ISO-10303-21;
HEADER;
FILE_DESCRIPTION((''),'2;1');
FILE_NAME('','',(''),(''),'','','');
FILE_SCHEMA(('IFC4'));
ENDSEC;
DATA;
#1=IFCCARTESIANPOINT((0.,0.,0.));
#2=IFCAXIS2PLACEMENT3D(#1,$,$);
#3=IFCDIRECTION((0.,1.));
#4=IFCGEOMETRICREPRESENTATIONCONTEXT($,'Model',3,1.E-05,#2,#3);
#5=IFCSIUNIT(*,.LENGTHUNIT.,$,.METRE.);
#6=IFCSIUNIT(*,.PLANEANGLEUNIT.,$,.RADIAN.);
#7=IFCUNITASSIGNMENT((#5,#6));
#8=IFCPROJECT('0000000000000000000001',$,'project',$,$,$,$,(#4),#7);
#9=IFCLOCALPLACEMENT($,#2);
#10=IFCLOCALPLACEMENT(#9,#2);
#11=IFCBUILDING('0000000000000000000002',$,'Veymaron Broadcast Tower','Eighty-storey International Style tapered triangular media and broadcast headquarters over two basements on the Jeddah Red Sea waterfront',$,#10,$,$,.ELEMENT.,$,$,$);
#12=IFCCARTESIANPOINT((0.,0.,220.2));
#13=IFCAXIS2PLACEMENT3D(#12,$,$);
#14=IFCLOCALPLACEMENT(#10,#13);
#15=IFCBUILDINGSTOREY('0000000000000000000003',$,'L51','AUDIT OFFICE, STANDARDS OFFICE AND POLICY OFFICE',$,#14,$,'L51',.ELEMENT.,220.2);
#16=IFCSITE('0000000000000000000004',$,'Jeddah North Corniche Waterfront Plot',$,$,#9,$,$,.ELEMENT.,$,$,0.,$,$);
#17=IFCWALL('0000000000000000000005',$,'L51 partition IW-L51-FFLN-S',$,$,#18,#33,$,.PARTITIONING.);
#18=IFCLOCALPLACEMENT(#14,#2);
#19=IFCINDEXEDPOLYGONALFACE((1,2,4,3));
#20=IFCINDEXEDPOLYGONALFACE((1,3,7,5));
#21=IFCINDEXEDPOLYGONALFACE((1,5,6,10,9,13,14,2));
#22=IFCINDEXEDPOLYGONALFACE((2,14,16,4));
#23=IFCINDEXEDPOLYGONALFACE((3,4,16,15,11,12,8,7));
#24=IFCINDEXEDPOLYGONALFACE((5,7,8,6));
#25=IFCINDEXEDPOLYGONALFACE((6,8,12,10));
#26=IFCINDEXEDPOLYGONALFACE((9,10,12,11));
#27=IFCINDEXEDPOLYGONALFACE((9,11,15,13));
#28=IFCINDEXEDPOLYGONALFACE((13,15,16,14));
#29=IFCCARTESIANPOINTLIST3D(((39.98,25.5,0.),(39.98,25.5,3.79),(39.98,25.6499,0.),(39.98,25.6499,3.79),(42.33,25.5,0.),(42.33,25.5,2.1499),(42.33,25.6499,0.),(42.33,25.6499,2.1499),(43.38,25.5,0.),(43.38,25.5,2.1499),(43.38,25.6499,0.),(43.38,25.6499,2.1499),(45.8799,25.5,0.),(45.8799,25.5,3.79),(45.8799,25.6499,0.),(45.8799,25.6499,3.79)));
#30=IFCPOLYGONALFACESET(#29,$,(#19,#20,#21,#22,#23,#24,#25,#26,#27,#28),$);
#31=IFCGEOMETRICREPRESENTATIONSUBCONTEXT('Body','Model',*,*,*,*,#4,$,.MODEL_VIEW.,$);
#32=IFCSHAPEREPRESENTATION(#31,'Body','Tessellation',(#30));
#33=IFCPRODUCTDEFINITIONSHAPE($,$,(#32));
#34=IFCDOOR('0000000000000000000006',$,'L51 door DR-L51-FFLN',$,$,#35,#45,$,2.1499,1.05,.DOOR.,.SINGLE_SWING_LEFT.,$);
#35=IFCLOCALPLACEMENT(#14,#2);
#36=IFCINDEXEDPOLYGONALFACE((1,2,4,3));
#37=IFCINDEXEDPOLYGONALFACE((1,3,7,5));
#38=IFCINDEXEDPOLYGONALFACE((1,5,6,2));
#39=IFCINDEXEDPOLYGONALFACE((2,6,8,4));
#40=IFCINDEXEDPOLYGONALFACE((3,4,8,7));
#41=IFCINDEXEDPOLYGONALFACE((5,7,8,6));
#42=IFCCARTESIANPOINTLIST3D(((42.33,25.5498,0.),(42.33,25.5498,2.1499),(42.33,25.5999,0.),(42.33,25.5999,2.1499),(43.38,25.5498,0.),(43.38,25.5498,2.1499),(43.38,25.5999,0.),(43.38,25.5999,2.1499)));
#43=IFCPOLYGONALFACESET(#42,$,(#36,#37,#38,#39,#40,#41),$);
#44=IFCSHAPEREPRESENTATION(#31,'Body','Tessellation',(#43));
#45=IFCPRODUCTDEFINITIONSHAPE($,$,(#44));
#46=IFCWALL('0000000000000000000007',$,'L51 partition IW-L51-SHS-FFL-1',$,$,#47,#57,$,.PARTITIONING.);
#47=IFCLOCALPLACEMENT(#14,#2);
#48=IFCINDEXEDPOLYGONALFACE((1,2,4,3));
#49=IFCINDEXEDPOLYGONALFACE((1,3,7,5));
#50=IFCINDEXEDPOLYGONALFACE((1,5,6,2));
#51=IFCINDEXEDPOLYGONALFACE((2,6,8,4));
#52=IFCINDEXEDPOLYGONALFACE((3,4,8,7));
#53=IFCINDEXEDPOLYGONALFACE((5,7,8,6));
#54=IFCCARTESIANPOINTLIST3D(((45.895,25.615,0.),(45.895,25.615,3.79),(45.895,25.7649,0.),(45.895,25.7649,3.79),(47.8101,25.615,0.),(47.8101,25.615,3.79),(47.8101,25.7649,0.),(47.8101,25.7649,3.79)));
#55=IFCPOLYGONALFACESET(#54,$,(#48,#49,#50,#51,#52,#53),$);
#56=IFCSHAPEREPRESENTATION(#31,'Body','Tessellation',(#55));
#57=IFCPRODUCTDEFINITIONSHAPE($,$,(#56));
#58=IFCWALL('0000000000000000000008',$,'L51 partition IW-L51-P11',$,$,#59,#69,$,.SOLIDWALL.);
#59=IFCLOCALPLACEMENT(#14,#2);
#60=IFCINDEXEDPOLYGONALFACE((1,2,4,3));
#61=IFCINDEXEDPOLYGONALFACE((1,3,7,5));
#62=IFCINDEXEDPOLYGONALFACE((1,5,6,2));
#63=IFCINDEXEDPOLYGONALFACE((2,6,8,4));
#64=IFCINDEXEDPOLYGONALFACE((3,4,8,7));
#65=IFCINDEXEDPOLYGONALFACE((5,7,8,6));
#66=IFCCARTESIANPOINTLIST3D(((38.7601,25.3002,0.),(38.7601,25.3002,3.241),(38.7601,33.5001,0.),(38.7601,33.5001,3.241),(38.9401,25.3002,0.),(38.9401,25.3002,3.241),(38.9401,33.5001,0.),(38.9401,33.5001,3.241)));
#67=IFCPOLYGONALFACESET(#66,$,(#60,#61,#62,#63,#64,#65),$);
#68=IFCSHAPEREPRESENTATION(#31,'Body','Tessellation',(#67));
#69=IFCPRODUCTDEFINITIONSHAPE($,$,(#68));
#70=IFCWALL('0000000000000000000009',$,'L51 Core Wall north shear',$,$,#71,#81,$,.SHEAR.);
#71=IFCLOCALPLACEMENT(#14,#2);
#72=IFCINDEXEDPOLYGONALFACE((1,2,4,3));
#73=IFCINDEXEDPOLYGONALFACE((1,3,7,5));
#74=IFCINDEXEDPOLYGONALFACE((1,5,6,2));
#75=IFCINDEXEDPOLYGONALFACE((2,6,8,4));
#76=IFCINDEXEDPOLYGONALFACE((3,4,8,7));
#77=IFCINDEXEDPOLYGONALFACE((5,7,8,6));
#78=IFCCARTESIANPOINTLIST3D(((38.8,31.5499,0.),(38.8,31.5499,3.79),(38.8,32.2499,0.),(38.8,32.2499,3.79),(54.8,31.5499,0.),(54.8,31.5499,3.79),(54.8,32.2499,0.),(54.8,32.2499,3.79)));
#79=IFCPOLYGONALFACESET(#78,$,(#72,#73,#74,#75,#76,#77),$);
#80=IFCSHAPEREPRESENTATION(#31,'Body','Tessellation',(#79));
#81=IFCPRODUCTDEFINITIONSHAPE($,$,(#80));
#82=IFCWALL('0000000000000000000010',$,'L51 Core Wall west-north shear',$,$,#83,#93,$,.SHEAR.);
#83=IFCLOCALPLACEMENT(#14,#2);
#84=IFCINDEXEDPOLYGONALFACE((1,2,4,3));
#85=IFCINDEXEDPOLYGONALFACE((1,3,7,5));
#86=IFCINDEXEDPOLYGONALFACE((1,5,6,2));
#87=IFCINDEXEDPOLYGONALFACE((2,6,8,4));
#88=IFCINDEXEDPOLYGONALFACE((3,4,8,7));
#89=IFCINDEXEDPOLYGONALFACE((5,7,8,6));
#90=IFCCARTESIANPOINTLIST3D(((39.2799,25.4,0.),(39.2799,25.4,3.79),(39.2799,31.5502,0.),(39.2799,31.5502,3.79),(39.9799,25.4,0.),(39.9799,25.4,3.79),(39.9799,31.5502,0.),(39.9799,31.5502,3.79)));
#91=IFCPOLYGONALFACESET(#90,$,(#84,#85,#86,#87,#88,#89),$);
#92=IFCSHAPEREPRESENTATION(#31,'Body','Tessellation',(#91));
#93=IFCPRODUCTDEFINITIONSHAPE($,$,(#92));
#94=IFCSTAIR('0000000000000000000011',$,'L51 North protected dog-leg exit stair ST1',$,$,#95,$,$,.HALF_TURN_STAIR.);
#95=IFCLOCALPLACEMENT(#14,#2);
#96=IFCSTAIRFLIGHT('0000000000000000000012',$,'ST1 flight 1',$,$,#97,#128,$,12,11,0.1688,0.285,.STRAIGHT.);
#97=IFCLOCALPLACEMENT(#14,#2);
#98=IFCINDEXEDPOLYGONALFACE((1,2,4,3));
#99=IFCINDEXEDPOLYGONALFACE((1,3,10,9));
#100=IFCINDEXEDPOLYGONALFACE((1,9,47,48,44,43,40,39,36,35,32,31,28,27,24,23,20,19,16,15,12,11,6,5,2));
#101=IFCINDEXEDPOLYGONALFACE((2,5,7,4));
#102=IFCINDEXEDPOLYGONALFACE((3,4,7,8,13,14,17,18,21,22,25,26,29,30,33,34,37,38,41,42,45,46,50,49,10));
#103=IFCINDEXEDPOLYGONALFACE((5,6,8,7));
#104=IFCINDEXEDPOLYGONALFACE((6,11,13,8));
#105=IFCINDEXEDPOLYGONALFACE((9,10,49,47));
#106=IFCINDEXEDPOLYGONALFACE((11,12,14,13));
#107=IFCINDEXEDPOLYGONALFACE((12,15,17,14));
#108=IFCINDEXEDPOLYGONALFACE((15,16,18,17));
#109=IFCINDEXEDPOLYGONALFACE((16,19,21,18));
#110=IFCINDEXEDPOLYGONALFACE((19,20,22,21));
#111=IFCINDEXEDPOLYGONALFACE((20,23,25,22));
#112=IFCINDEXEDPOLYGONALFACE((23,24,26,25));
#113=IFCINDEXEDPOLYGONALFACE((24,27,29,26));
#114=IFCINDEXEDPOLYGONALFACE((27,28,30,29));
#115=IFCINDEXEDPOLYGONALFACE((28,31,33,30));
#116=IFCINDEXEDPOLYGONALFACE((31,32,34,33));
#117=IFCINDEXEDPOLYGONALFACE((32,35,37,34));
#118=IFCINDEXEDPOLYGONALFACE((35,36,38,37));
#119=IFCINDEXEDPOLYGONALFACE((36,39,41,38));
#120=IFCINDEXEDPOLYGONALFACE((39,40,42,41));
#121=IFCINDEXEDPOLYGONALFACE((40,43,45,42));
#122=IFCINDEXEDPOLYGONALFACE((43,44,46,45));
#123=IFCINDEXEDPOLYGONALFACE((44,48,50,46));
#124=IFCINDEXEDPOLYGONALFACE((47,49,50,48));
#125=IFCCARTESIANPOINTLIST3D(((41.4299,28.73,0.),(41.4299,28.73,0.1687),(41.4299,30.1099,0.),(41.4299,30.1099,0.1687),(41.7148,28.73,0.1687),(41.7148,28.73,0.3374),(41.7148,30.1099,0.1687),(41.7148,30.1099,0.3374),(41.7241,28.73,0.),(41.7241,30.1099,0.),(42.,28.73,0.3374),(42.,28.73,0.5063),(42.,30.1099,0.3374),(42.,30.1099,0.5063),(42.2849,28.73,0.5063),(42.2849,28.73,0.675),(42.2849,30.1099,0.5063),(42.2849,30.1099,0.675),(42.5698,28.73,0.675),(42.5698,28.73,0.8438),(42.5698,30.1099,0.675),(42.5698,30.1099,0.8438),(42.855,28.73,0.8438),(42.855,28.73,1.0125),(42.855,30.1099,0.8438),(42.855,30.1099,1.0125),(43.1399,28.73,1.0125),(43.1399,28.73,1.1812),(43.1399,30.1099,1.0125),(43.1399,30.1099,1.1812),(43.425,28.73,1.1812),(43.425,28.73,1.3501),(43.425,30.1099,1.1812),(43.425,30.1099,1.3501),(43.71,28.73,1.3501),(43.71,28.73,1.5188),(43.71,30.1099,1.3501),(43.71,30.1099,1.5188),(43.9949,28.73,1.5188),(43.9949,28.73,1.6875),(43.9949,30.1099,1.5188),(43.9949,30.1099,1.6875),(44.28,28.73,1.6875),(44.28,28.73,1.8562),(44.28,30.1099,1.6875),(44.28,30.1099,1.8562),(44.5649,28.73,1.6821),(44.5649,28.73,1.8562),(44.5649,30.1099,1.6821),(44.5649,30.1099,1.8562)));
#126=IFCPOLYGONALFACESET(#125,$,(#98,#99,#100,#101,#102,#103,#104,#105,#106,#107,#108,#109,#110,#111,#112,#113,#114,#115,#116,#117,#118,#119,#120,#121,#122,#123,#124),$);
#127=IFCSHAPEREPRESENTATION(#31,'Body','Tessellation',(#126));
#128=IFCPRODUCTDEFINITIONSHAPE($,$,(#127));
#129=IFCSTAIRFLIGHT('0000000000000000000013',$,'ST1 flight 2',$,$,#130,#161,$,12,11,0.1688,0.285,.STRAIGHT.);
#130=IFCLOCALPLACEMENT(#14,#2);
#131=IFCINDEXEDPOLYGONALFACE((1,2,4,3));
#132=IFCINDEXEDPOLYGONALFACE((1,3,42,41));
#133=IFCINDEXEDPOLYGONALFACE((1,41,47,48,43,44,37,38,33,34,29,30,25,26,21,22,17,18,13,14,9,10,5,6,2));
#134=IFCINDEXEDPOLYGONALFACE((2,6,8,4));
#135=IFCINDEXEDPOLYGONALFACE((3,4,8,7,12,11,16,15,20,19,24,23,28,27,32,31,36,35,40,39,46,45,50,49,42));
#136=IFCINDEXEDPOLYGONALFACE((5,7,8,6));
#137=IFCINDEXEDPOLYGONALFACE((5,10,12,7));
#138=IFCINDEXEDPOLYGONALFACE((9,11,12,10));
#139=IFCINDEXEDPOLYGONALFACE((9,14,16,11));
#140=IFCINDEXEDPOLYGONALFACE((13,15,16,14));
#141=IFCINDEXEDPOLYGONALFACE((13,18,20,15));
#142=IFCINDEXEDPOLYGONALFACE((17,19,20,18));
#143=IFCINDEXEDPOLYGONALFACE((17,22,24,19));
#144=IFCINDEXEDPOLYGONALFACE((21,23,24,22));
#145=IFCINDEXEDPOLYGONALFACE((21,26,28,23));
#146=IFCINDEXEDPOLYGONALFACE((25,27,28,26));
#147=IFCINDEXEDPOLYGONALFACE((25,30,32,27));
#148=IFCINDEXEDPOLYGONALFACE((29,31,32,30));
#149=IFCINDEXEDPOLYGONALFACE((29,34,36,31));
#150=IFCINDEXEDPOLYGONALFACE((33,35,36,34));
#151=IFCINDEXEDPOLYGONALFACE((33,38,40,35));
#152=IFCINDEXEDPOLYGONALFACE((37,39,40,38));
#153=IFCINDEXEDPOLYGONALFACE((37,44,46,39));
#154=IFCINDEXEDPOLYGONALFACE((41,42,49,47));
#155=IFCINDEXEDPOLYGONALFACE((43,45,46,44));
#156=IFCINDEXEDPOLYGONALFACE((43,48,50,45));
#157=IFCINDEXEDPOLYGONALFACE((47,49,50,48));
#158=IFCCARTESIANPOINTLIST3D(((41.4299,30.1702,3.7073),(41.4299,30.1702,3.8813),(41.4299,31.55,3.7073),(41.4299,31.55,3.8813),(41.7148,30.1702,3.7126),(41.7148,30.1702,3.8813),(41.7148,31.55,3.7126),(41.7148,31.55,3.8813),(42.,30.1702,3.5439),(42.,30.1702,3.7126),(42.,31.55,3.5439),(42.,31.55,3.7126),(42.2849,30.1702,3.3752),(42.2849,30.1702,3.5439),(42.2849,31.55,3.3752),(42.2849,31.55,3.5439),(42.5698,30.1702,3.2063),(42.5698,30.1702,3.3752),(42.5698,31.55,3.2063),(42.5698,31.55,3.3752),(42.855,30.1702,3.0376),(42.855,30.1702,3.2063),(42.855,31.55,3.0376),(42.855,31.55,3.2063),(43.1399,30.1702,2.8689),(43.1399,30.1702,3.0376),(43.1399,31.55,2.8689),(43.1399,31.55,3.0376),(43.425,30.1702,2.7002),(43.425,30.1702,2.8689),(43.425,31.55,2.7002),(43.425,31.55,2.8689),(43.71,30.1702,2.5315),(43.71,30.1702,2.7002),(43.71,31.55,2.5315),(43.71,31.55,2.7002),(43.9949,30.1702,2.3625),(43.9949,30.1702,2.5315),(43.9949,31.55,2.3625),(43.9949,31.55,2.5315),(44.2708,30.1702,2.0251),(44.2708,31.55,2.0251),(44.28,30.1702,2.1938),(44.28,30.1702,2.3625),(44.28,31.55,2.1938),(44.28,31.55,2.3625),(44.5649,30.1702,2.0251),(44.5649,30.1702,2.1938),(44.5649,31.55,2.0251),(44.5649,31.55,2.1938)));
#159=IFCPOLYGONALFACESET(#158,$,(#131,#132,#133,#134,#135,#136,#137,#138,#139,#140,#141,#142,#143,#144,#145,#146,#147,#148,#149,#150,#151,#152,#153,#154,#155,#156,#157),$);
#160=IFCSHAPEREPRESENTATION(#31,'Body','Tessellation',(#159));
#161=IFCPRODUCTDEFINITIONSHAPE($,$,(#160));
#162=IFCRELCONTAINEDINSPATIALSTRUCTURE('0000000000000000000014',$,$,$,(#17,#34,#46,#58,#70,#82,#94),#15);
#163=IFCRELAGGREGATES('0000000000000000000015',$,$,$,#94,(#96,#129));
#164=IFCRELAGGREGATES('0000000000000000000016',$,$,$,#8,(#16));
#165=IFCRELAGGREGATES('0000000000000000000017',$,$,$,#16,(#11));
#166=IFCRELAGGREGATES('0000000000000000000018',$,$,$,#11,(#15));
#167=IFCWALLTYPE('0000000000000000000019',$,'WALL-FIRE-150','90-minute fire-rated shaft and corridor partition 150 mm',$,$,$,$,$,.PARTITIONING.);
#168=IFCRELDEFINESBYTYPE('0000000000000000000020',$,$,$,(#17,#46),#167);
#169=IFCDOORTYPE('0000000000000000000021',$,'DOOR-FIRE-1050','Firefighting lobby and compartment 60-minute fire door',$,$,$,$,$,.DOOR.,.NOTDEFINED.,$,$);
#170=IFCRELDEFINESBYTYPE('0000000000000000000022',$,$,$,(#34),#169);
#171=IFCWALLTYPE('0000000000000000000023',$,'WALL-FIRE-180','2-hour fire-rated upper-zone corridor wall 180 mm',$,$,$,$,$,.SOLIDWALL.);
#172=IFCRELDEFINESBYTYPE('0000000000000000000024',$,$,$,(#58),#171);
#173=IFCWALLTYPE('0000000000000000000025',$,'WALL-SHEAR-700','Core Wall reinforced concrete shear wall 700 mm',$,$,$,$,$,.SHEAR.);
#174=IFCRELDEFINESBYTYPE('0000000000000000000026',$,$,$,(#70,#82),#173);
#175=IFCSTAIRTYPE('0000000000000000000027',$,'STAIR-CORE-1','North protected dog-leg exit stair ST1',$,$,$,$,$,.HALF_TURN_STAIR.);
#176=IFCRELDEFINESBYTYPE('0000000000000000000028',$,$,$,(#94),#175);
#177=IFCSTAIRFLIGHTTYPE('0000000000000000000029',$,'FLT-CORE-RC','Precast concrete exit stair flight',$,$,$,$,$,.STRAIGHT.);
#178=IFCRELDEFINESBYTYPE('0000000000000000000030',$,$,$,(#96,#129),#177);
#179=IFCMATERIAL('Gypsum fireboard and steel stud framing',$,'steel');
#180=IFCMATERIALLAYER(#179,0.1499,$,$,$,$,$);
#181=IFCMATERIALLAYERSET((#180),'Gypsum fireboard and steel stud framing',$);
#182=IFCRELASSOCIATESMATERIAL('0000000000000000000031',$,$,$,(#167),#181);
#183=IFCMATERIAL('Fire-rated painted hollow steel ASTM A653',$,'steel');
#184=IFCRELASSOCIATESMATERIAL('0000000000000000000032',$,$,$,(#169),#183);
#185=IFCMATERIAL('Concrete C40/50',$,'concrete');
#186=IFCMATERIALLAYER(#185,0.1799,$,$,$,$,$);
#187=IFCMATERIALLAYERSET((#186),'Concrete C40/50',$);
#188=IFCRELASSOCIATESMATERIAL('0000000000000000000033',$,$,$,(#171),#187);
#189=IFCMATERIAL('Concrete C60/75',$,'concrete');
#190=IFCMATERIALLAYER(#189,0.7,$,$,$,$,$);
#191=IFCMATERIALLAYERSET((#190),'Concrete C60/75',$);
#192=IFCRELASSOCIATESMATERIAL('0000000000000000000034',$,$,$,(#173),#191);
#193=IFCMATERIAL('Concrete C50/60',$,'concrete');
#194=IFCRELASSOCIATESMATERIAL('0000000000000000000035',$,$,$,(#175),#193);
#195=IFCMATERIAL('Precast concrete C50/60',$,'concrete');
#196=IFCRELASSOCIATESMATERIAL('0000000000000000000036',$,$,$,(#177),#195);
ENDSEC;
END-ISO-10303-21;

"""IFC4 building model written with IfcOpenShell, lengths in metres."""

from ifc_helpers import new_model, si_unit, direction, frame, frame_2d, origin, place, context, subcontext, project, spatial, polyline, rectangle, outline, extrude, material, layer, layer_set, type_object, element, fill, aggregate, save


model = new_model("IFC4")

# Units and contexts
model_context = context("Model", 3, precision=1e-05, world=origin(), true_north=direction((0.0, 1.0)))
body_context = subcontext(model_context, "Body", "Model", "MODEL_VIEW")
ifc_project = project(units=[si_unit("LENGTHUNIT", "METRE"), si_unit("PLANEANGLEUNIT", "RADIAN")], contexts=[model_context])

# Site, building, storey
site_placement = place(None, origin())
site = spatial("IfcSite", under=ifc_project, at=site_placement, Name="Jeddah North Corniche Waterfront Plot", CompositionType="ELEMENT", RefElevation=0.0)
building_placement = place(site_placement, origin())
building = spatial("IfcBuilding", under=site, at=building_placement, Name="Veymaron Broadcast Tower", Description="Eighty-storey International Style tapered triangular media and broadcast headquarters over two basements on the Jeddah Red Sea waterfront", CompositionType="ELEMENT")
storey_placement = place(building_placement, frame((0.0, 0.0, 220.2)))
storey = spatial("IfcBuildingStorey", under=building, at=storey_placement, Name="L51", Description="AUDIT OFFICE, STANDARDS OFFICE AND POLICY OFFICE", LongName="L51", CompositionType="ELEMENT", Elevation=220.2)

# Shared definitions
ifc_material_1 = material(Name="Concrete C60/75", Category="concrete")

# Wall, opening, door
ifc_material_2 = material(Name="Gypsum fireboard and steel stud framing", Category="steel")
ifc_layer_1 = layer(ifc_material_2, 0.1499)
ifc_layer_set_1 = layer_set([ifc_layer_1], Name="Gypsum fireboard and steel stud framing")
wall_type_1 = type_object("IfcWallType", Name="WALL-FIRE-150", Description="90-minute fire-rated shaft and corridor partition 150 mm", PredefinedType="PARTITIONING", material=ifc_layer_set_1)
wall_1_placement = place(storey_placement, frame((39.98, 25.575, 0.0), z_axis=(0.0, 0.0, 1.0), x_axis=(1.0, 0.0, 0.0)))
wall_1 = element("IfcWall", 1, at=wall_1_placement, inside=storey, type_object=wall_type_1, Name="L51 partition IW-L51-FFLN-S", PredefinedType="PARTITIONING", context=body_context, shape_type="SweptSolid", body=[
    extrude(rectangle(XDim=5.8999, YDim=0.1499, at=frame_2d((2.95, 0.0))), origin(), (0.0, 0.0, 1.0), 3.79),
])
opening_1_placement = place(wall_1_placement, frame((2.3501, 0.0, 0.0)))
opening_1 = element("IfcOpeningElement", 2, at=opening_1_placement, cuts=wall_1, PredefinedType="OPENING", context=body_context, shape_type="SweptSolid", body=[
    extrude(rectangle(XDim=1.05, YDim=2.1499, at=frame_2d((0.5249, 1.075))), frame((0.0, 0.085, 0.0), z_axis=(0.0, -1.0, 0.0), x_axis=(1.0, 0.0, 0.0)), (0.0, 0.0, 1.0), 0.1699),
])
ifc_material_3 = material(Name="Fire-rated painted hollow steel ASTM A653", Category="steel")
door_type_1 = type_object("IfcDoorType", Name="DOOR-FIRE-1050", Description="Firefighting lobby and compartment 60-minute fire door", OperationType="NOTDEFINED", PredefinedType="DOOR", material=ifc_material_3)
door_1_placement = place(opening_1_placement, origin())
door_1 = element("IfcDoor", 3, at=door_1_placement, inside=storey, type_object=door_type_1, Name="L51 door DR-L51-FFLN", OperationType="SINGLE_SWING_LEFT", OverallHeight=2.1499, OverallWidth=1.05, PredefinedType="DOOR", context=body_context, shape_type="SweptSolid", body=[
    extrude(rectangle(XDim=1.05, YDim=2.1499, at=frame_2d((0.5249, 1.075))), frame((0.0, 0.0249, 0.0), z_axis=(0.0, -1.0, 0.0), x_axis=(1.0, 0.0, 0.0)), (0.0, 0.0, 1.0), 0.05),
])
fill(opening_1, door_1)

# Walls
wall_2_placement = place(storey_placement, frame((45.895, 25.6899, 0.0), z_axis=(0.0, 0.0, 1.0), x_axis=(1.0, 0.0, 0.0)))
element("IfcWall", 4, at=wall_2_placement, inside=storey, type_object=wall_type_1, Name="L51 partition IW-L51-SHS-FFL-1", PredefinedType="PARTITIONING", context=body_context, shape_type="SweptSolid", body=[
    extrude(rectangle(XDim=1.915, YDim=0.1499, at=frame_2d((0.9575, 0.0))), origin(), (0.0, 0.0, 1.0), 3.79),
])
ifc_material_4 = material(Name="Concrete C40/50", Category="concrete")
ifc_layer_2 = layer(ifc_material_4, 0.1799)
ifc_layer_set_2 = layer_set([ifc_layer_2], Name="Concrete C40/50")
wall_type_2 = type_object("IfcWallType", Name="WALL-FIRE-180", Description="2-hour fire-rated upper-zone corridor wall 180 mm", PredefinedType="SOLIDWALL", material=ifc_layer_set_2)
wall_3_placement = place(storey_placement, frame((38.8501, 25.3, 0.0), z_axis=(0.0, 0.0, 1.0), x_axis=(0.0, 1.0, 0.0)))
element("IfcWall", 5, at=wall_3_placement, inside=storey, type_object=wall_type_2, Name="L51 partition IW-L51-P11", PredefinedType="SOLIDWALL", context=body_context, shape_type="SweptSolid", body=[
    extrude(rectangle(XDim=8.2, YDim=0.1799, at=frame_2d((4.1001, 0.0))), origin(), (0.0, 0.0, 1.0), 3.241),
])

# Shared definitions
ifc_material_5 = material(Name="Concrete C50/60", Category="concrete")

# Walls
ifc_layer_3 = layer(ifc_material_1, 0.7)
ifc_layer_set_3 = layer_set([ifc_layer_3], Name="Concrete C60/75")
wall_type_3 = type_object("IfcWallType", Name="WALL-SHEAR-700", Description="Core Wall reinforced concrete shear wall 700 mm", PredefinedType="SHEAR", material=ifc_layer_set_3)
wall_4_placement = place(storey_placement, frame((38.8, 31.8999, 0.0), z_axis=(0.0, 0.0, 1.0), x_axis=(1.0, 0.0, 0.0)))
element("IfcWall", 6, at=wall_4_placement, inside=storey, type_object=wall_type_3, Name="L51 Core Wall north shear", PredefinedType="SHEAR", context=body_context, shape_type="SweptSolid", body=[
    extrude(rectangle(XDim=16.0, YDim=0.7, at=frame_2d((8.0, 0.0))), origin(), (0.0, 0.0, 1.0), 3.79),
])
wall_5_placement = place(storey_placement, frame((39.6299, 25.3999, 0.0), z_axis=(0.0, 0.0, 1.0), x_axis=(0.0, 1.0, 0.0)))
element("IfcWall", 7, at=wall_5_placement, inside=storey, type_object=wall_type_3, Name="L51 Core Wall west-north shear", PredefinedType="SHEAR", context=body_context, shape_type="SweptSolid", body=[
    extrude(rectangle(XDim=6.1501, YDim=0.7, at=frame_2d((3.0752, 0.0))), origin(), (0.0, 0.0, 1.0), 3.79),
])

# Stair, stair flights
stair_type = type_object("IfcStairType", Name="STAIR-CORE-1", Description="North protected dog-leg exit stair ST1", PredefinedType="HALF_TURN_STAIR", material=ifc_material_5)
stair_placement = place(storey_placement, origin())
stair = element("IfcStair", 8, at=stair_placement, inside=storey, type_object=stair_type, Name="L51 North protected dog-leg exit stair ST1", PredefinedType="HALF_TURN_STAIR")
ifc_material_6 = material(Name="Precast concrete C50/60", Category="concrete")
stair_flight_type = type_object("IfcStairFlightType", Name="FLT-CORE-RC", Description="Precast concrete exit stair flight", PredefinedType="STRAIGHT", material=ifc_material_6)
stair_flight_1_placement = place(storey_placement, frame((41.4299, 29.4199, 0.0), z_axis=(0.0, 0.0, 1.0), x_axis=(1.0, 0.0, 0.0)))
stair_flight_1 = element("IfcStairFlight", 9, at=stair_flight_1_placement, type_object=stair_flight_type, Name="ST1 flight 1", NumberOfRisers=12, NumberOfTreads=11, PredefinedType="STRAIGHT", RiserHeight=0.1688, TreadLength=0.285, context=body_context, shape_type="SweptSolid", body=[
    extrude(outline(polyline([(0.0, 0.0), (0.0, 0.1687), (0.2849, 0.1687), (0.2849, 0.3374), (0.5701, 0.3374), (0.5701, 0.5063), (0.855, 0.5063), (0.855, 0.675), (1.1399, 0.675), (1.1399, 0.8438), (1.425, 0.8438), (1.425, 1.0125), (1.71, 1.0125), (1.71, 1.1812), (1.9951, 1.1812), (1.9951, 1.3501), (2.28, 1.3501), (2.28, 1.5188), (2.5649, 1.5188), (2.5649, 1.6875), (2.8501, 1.6875), (2.8501, 1.8562), (3.135, 1.8562), (3.135, 2.0249), (3.135, 1.6821), (0.2942, 0.0), (0.0, 0.0)])), frame((0.0, 0.6899, 0.0), z_axis=(0.0, -1.0, 0.0), x_axis=(1.0, 0.0, 0.0)), (0.0, 0.0, 1.0), 1.3799),
])
stair_flight_2_placement = place(storey_placement, frame((44.5649, 30.8601, 2.0251), z_axis=(0.0, 0.0, 1.0), x_axis=(-1.0, 0.0, 0.0)))
stair_flight_2 = element("IfcStairFlight", 10, at=stair_flight_2_placement, type_object=stair_flight_type, Name="ST1 flight 2", NumberOfRisers=12, NumberOfTreads=11, PredefinedType="STRAIGHT", RiserHeight=0.1688, TreadLength=0.285, context=body_context, shape_type="SweptSolid", body=[
    extrude(outline(polyline([(0.0, 0.0), (0.0, 0.1687), (0.2849, 0.1687), (0.2849, 0.3374), (0.5701, 0.3374), (0.5701, 0.5063), (0.855, 0.5063), (0.855, 0.675), (1.1399, 0.675), (1.1399, 0.8438), (1.425, 0.8438), (1.425, 1.0125), (1.71, 1.0125), (1.71, 1.1812), (1.9951, 1.1812), (1.9951, 1.3501), (2.28, 1.3501), (2.28, 1.5188), (2.5649, 1.5188), (2.5649, 1.6875), (2.8501, 1.6875), (2.8501, 1.8562), (3.135, 1.8562), (3.135, 2.0249), (3.135, 1.6821), (0.2942, 0.0), (0.0, 0.0)])), frame((0.0, 0.6899, 0.0), z_axis=(0.0, -1.0, 0.0), x_axis=(1.0, 0.0, 0.0)), (0.0, 0.0, 1.0), 1.3799),
])
aggregate(stair, [stair_flight_1, stair_flight_2])

save(model, "model.ifc")
